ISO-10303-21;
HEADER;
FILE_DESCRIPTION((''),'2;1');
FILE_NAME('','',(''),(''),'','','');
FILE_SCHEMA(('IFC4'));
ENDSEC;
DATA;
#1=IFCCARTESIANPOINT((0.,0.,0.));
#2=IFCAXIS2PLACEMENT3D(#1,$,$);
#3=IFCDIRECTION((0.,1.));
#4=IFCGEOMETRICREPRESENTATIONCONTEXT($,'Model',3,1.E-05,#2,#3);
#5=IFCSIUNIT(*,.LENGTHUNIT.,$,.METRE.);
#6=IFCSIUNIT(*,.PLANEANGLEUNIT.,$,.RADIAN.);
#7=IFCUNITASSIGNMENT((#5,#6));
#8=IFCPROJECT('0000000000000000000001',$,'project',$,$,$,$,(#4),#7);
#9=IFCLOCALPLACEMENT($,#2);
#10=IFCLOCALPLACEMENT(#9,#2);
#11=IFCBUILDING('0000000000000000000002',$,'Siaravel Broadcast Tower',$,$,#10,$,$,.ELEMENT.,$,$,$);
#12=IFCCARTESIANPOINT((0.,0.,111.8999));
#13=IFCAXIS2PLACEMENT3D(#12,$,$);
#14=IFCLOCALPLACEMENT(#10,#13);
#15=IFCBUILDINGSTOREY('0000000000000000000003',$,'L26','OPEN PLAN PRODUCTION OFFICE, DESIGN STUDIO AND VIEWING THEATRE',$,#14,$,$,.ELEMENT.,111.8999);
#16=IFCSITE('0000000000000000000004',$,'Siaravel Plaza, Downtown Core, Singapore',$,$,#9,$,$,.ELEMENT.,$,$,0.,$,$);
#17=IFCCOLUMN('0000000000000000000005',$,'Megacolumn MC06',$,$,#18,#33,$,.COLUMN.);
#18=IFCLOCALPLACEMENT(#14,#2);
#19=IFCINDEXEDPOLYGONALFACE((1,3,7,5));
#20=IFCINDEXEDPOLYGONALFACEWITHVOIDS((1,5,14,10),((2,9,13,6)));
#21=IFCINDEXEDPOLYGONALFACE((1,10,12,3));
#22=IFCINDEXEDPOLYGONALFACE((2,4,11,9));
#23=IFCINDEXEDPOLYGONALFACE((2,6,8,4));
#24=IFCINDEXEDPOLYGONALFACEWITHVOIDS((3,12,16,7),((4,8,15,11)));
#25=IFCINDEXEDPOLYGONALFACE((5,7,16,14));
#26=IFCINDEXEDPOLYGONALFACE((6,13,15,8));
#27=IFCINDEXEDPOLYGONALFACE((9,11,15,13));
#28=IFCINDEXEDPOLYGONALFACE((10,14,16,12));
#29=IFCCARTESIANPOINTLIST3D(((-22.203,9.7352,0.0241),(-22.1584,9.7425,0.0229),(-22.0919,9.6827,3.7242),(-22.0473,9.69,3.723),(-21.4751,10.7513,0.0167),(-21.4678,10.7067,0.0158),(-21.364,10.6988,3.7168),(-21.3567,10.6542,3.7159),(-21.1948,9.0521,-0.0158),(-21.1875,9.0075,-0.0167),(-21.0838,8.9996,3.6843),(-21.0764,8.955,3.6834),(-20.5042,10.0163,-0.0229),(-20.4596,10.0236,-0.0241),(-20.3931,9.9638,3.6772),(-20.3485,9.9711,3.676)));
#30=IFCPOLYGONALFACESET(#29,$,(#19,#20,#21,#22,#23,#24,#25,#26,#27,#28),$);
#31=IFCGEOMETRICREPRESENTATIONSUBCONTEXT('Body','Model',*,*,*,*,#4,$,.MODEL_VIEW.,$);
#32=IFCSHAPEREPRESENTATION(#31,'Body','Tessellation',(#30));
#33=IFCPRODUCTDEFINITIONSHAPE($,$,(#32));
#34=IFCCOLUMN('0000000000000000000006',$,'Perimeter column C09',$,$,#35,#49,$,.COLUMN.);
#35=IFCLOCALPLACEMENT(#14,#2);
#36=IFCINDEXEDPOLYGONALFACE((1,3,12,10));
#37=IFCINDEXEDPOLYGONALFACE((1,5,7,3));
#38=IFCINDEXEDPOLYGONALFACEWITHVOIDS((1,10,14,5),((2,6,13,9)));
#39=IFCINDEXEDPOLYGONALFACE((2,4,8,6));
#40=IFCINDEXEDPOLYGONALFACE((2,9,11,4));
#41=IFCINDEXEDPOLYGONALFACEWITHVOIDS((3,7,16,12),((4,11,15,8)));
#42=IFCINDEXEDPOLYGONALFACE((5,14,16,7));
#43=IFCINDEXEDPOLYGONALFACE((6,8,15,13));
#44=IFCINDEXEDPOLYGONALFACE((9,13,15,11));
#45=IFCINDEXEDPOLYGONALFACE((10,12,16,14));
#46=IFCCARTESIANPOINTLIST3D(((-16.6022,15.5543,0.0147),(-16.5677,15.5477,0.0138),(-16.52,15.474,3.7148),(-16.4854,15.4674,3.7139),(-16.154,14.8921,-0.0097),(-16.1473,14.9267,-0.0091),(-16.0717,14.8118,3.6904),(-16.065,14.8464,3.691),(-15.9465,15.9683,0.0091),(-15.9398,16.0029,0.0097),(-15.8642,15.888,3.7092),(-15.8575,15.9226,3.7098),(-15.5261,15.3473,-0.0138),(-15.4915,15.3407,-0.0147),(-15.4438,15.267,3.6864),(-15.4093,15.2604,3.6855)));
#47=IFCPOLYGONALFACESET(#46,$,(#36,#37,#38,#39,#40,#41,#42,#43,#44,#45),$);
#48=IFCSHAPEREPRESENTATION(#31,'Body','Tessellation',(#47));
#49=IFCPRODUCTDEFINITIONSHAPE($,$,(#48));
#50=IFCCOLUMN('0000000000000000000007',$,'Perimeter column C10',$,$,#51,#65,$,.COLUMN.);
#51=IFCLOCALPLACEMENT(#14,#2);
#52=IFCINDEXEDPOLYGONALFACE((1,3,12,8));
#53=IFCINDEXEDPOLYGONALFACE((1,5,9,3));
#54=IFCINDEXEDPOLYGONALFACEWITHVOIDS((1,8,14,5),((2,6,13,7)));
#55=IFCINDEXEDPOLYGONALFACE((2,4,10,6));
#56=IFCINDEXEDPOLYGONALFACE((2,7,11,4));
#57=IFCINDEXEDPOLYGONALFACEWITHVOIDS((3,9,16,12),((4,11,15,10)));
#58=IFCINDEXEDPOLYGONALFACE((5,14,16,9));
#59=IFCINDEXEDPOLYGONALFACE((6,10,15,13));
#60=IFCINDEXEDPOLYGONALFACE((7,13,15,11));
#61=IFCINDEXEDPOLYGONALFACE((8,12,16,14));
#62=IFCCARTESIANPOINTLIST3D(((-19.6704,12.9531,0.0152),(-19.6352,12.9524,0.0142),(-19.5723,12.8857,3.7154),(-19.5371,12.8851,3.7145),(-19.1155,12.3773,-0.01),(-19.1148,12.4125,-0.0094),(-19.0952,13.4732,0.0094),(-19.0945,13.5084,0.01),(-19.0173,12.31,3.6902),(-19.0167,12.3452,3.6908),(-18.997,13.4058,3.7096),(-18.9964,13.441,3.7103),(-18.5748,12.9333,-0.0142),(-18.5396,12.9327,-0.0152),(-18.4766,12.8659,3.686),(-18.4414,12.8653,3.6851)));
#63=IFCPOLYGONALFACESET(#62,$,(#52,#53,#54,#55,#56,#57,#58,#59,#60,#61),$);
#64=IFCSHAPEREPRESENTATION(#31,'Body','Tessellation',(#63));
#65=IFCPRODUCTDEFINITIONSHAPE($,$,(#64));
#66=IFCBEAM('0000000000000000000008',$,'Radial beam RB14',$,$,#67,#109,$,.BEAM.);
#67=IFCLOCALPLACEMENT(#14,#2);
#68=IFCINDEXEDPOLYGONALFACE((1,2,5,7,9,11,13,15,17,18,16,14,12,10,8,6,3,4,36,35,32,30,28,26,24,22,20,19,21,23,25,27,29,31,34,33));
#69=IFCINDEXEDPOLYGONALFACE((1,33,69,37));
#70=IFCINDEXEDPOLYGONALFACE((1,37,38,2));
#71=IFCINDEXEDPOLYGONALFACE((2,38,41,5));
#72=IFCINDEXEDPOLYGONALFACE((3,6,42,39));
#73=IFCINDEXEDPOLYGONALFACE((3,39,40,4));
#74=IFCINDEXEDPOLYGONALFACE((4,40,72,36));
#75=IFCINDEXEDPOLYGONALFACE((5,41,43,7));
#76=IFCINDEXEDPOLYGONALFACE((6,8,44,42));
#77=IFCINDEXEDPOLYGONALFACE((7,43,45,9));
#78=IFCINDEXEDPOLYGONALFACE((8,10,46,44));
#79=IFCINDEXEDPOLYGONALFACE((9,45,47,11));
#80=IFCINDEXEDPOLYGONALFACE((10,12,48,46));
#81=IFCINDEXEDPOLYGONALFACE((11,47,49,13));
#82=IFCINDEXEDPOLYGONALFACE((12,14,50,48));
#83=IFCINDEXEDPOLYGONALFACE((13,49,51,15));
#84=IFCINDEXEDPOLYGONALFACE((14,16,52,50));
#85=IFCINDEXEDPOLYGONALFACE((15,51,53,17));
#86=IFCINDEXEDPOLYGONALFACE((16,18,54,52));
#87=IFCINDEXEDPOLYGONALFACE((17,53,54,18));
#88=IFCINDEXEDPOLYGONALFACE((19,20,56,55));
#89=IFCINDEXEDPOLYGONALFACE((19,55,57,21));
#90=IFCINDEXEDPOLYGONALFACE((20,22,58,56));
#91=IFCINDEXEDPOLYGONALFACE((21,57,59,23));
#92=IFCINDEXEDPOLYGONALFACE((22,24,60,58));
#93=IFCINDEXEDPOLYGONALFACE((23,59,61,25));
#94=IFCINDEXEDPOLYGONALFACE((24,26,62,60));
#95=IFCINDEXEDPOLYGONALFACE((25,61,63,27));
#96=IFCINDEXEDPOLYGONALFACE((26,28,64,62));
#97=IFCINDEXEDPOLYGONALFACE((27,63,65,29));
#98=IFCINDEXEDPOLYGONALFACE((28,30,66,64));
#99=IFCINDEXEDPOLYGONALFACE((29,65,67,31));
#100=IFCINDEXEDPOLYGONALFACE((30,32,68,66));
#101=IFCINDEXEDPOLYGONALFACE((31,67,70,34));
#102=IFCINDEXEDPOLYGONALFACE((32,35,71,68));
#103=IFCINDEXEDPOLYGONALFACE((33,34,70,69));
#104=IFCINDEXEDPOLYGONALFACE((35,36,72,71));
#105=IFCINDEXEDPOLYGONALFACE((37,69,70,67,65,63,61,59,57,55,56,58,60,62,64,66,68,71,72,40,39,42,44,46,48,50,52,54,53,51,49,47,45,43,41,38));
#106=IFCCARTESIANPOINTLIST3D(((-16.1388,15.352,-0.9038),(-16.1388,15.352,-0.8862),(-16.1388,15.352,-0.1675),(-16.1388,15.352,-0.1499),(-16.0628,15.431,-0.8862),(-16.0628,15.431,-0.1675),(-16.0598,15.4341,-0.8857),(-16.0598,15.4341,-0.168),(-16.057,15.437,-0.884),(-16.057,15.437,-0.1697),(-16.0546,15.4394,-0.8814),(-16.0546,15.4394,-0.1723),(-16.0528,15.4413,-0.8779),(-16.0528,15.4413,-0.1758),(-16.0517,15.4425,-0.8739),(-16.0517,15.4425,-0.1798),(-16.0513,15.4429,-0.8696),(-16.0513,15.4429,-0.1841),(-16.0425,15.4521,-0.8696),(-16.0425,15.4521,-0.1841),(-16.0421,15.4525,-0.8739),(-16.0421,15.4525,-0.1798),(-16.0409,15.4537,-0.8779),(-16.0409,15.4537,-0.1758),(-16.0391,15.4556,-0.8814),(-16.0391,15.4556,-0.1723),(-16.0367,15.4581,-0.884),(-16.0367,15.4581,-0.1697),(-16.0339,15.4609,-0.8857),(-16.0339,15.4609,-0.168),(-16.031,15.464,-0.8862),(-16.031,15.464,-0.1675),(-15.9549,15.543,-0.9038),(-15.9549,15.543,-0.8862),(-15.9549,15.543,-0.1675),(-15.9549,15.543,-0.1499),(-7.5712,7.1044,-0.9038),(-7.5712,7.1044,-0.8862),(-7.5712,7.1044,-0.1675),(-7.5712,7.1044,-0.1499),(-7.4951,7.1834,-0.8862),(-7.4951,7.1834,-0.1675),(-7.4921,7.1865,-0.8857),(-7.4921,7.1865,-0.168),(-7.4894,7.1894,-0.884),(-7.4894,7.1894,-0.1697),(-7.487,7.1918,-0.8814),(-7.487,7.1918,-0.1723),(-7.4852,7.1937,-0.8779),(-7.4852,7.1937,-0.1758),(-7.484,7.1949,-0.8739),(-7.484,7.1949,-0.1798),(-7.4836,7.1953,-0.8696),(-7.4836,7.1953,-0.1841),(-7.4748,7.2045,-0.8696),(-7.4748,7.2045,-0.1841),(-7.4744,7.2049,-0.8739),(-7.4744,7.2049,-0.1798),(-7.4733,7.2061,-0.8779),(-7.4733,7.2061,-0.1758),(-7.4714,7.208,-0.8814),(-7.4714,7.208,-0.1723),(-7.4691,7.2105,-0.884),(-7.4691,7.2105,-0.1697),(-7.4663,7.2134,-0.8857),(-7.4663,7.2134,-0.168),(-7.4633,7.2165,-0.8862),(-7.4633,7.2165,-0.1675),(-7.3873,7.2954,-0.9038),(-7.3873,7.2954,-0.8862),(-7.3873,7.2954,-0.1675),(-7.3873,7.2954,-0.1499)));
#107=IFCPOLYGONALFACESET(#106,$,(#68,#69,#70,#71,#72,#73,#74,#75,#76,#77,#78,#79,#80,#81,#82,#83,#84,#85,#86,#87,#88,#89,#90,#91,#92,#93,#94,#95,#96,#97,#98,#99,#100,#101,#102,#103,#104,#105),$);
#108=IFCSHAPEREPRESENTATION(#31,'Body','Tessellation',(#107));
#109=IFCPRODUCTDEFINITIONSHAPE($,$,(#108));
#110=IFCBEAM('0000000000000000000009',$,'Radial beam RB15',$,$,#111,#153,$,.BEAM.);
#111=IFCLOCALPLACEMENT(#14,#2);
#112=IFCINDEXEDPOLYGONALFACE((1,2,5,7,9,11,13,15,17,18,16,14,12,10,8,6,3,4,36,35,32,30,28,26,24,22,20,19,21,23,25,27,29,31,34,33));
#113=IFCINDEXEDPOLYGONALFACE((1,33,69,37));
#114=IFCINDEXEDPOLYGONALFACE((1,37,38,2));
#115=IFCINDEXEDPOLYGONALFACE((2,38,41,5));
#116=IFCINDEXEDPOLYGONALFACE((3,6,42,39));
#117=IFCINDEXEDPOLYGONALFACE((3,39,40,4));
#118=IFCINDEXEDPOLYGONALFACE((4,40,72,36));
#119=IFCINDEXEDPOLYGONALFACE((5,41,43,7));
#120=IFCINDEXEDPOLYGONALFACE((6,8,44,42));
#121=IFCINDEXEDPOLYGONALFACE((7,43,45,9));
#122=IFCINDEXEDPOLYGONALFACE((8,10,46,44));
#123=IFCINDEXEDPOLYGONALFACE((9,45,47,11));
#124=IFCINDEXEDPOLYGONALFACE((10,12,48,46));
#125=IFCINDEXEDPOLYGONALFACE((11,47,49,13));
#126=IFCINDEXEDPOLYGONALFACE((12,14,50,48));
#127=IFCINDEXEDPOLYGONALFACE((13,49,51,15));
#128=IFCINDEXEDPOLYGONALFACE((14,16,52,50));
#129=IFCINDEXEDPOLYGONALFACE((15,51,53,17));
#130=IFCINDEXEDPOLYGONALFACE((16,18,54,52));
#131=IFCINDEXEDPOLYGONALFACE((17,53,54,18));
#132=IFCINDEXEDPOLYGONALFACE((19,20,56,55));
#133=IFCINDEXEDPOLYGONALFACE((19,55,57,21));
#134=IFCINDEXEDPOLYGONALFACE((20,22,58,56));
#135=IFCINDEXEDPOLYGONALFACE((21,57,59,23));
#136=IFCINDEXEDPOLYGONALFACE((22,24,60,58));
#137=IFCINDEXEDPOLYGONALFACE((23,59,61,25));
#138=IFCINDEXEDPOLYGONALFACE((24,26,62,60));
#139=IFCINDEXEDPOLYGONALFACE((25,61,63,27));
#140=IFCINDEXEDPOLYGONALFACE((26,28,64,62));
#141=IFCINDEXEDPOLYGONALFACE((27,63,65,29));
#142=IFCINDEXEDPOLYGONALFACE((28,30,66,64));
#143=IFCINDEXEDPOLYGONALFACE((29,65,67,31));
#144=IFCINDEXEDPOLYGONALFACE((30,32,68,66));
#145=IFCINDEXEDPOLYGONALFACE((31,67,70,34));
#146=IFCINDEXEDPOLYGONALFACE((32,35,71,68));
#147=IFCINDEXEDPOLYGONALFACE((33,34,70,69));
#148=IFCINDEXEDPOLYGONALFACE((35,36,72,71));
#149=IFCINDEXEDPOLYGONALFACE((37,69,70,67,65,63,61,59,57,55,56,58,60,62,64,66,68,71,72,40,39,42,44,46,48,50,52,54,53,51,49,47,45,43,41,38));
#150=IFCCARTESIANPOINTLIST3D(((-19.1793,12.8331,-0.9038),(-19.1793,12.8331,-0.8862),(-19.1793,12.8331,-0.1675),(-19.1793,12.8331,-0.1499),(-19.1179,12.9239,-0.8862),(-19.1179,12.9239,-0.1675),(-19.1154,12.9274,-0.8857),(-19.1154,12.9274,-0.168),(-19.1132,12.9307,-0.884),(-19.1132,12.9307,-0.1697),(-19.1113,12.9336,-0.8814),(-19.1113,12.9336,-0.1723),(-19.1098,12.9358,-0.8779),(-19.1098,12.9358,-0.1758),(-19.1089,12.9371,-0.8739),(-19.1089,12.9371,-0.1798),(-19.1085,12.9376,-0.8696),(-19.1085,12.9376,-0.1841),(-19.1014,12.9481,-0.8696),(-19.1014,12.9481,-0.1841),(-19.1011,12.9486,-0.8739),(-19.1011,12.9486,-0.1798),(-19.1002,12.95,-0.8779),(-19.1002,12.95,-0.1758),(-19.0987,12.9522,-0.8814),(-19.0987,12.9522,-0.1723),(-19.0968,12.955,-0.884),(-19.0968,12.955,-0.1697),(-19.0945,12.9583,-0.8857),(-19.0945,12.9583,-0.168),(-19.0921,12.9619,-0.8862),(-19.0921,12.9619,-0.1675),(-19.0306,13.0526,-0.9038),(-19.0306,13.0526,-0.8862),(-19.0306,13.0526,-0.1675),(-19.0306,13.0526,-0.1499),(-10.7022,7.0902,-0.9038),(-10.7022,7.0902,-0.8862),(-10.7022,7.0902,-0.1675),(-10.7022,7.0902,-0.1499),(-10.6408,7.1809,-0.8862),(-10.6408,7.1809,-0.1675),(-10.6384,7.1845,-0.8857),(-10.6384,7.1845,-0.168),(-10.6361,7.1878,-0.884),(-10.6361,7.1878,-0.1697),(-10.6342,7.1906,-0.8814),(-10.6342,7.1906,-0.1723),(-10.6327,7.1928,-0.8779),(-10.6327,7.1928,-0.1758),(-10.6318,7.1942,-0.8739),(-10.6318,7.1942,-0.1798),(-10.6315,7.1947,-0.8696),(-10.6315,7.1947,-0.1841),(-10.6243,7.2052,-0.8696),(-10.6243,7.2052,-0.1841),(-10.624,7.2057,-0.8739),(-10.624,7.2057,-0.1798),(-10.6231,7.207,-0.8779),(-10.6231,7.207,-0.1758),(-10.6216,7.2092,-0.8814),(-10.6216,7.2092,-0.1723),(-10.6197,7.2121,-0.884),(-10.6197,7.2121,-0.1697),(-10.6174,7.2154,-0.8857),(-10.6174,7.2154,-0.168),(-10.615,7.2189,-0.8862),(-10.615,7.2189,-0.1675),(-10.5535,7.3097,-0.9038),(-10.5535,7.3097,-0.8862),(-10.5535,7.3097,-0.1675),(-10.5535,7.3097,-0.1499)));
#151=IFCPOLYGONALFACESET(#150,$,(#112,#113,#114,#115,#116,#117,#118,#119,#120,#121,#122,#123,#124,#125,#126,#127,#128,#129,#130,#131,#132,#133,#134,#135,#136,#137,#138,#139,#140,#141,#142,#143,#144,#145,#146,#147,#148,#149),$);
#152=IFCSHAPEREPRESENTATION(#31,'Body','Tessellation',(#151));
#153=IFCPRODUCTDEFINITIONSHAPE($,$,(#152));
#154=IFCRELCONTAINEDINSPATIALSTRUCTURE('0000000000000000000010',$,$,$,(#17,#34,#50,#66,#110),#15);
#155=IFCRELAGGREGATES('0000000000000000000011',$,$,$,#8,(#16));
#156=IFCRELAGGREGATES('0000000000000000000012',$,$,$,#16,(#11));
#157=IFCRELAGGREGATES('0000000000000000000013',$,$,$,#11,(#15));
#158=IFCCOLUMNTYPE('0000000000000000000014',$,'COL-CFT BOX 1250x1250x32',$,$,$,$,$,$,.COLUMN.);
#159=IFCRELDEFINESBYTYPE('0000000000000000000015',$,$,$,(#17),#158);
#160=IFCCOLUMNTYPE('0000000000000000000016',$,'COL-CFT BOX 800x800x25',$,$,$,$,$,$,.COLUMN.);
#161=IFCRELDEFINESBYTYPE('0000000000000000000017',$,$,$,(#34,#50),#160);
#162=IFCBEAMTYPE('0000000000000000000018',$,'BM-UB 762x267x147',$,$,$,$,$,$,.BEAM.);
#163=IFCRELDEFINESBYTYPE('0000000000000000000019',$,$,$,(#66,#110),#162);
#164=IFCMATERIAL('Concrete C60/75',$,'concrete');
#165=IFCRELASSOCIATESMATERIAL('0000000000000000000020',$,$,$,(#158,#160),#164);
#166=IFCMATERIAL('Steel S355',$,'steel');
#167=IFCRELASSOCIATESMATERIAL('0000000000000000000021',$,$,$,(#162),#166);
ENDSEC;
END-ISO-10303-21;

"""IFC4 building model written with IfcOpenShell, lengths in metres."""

from ifc_helpers import new_model, si_unit, direction, frame, origin, origin_2d, place, context, subcontext, project, spatial, hollow_rectangle, i_section, extrude, material, material_profile, profile_set, type_object, element, save


model = new_model("IFC4")

# Units and contexts
model_context = context("Model", 3, precision=1e-05, world=origin(), true_north=direction((0.0, 1.0)))
body_context = subcontext(model_context, "Body", "Model", "MODEL_VIEW")
ifc_project = project(units=[si_unit("LENGTHUNIT", "METRE"), si_unit("PLANEANGLEUNIT", "RADIAN")], contexts=[model_context])

# Site, building, storey
site_placement = place(None, origin())
site = spatial("IfcSite", under=ifc_project, at=site_placement, Name="Siaravel Plaza, Downtown Core, Singapore", CompositionType="ELEMENT", RefElevation=0.0)
building_placement = place(site_placement, origin())
building = spatial("IfcBuilding", under=site, at=building_placement, Name="Siaravel Broadcast Tower", CompositionType="ELEMENT")
storey_placement = place(building_placement, frame((0.0, 0.0, 111.8999)))
storey = spatial("IfcBuildingStorey", under=building, at=storey_placement, Name="L26", Description="OPEN PLAN PRODUCTION OFFICE, DESIGN STUDIO AND VIEWING THEATRE", CompositionType="ELEMENT", Elevation=111.8999)

# Columns
ifc_material_1 = material(Name="Concrete C60/75", Category="concrete")
ifc_material_profile_1 = material_profile(ifc_material_1, hollow_rectangle(XDim=1.25, YDim=1.25, WallThickness=0.032, at=origin_2d()))
ifc_profile_set_1 = profile_set([ifc_material_profile_1], Name="Concrete C60/75")
column_type_1 = type_object("IfcColumnType", Name="COL-CFT BOX 1250x1250x32", PredefinedType="COLUMN", material=ifc_profile_set_1)
column_1_placement = place(storey_placement, frame((-21.3313, 9.8794, 0.0), z_axis=(0.030005, -0.014178, 0.999449), x_axis=(0.582304, 0.81295, -0.005949)))
element("IfcColumn", 1, at=column_1_placement, inside=storey, type_object=column_type_1, Name="Megacolumn MC06", PredefinedType="COLUMN", context=body_context, shape_type="SweptSolid", body=[
    extrude(hollow_rectangle(XDim=1.25, YDim=1.25, WallThickness=0.032, at=origin_2d()), origin(), (0.0, 0.0, 1.0), 3.7021),
])
ifc_material_profile_2 = material_profile(ifc_material_1, hollow_rectangle(XDim=0.8, YDim=0.8, WallThickness=0.0249, at=origin_2d()))
ifc_profile_set_2 = profile_set([ifc_material_profile_2], Name="Concrete C60/75")
column_type_2 = type_object("IfcColumnType", Name="COL-CFT BOX 800x800x25", PredefinedType="COLUMN", material=ifc_profile_set_2)
column_2_placement = place(storey_placement, frame((-16.0469, 15.4475, 0.0), z_axis=(0.022225, -0.021697, 0.999518), x_axis=(0.827999, 0.560695, -0.00624)))
element("IfcColumn", 2, at=column_2_placement, inside=storey, type_object=column_type_2, Name="Perimeter column C09", PredefinedType="COLUMN", context=body_context, shape_type="SweptSolid", body=[
    extrude(hollow_rectangle(XDim=0.8, YDim=0.8, WallThickness=0.0249, at=origin_2d()), origin(), (0.0, 0.0, 1.0), 3.7019),
])
column_3_placement = place(storey_placement, frame((-19.105, 12.9429, 0.0), z_axis=(0.02651, -0.018201, 0.999483), x_axis=(0.719826, 0.694124, -0.006452)))
element("IfcColumn", 3, at=column_3_placement, inside=storey, type_object=column_type_2, Name="Perimeter column C10", PredefinedType="COLUMN", context=body_context, shape_type="SweptSolid", body=[
    extrude(hollow_rectangle(XDim=0.8, YDim=0.8, WallThickness=0.0249, at=origin_2d()), origin(), (0.0, 0.0, 1.0), 3.7021),
])

# Beams
ifc_material_2 = material(Name="Steel S355", Category="steel")
ifc_material_profile_3 = material_profile(ifc_material_2, i_section(OverallWidth=0.2651, OverallDepth=0.7539, WebThickness=0.0127, FlangeThickness=0.0176, FilletRadius=0.0166, at=origin_2d()))
ifc_profile_set_3 = profile_set([ifc_material_profile_3], Name="Steel S355")
beam_type = type_object("IfcBeamType", Name="BM-UB 762x267x147", PredefinedType="BEAM", material=ifc_profile_set_3)
beam_1_placement = place(storey_placement, frame((-16.0469, 15.4475, -0.5269), z_axis=(0.720436, -0.693522, 0.0), x_axis=(0.693522, 0.720436, 0.0)))
element("IfcBeam", 4, at=beam_1_placement, inside=storey, type_object=beam_type, Name="Radial beam RB14", PredefinedType="BEAM", context=body_context, shape_type="SweptSolid", body=[
    extrude(i_section(OverallWidth=0.2651, OverallDepth=0.7539, WebThickness=0.0127, FlangeThickness=0.0176, FilletRadius=0.0166, at=origin_2d()), origin(), (0.0, 0.0, 1.0), 11.8923),
])
beam_2_placement = place(storey_placement, frame((-19.105, 12.9429, -0.5269), z_axis=(0.8279, -0.560875, 0.0), x_axis=(0.560875, 0.8279, 0.0)))
element("IfcBeam", 5, at=beam_2_placement, inside=storey, type_object=beam_type, Name="Radial beam RB15", PredefinedType="BEAM", context=body_context, shape_type="SweptSolid", body=[
    extrude(i_section(OverallWidth=0.2651, OverallDepth=0.7539, WebThickness=0.0127, FlangeThickness=0.0176, FilletRadius=0.0166, at=origin_2d()), origin(), (0.0, 0.0, 1.0), 10.2393),
])

save(model, "model.ifc")
